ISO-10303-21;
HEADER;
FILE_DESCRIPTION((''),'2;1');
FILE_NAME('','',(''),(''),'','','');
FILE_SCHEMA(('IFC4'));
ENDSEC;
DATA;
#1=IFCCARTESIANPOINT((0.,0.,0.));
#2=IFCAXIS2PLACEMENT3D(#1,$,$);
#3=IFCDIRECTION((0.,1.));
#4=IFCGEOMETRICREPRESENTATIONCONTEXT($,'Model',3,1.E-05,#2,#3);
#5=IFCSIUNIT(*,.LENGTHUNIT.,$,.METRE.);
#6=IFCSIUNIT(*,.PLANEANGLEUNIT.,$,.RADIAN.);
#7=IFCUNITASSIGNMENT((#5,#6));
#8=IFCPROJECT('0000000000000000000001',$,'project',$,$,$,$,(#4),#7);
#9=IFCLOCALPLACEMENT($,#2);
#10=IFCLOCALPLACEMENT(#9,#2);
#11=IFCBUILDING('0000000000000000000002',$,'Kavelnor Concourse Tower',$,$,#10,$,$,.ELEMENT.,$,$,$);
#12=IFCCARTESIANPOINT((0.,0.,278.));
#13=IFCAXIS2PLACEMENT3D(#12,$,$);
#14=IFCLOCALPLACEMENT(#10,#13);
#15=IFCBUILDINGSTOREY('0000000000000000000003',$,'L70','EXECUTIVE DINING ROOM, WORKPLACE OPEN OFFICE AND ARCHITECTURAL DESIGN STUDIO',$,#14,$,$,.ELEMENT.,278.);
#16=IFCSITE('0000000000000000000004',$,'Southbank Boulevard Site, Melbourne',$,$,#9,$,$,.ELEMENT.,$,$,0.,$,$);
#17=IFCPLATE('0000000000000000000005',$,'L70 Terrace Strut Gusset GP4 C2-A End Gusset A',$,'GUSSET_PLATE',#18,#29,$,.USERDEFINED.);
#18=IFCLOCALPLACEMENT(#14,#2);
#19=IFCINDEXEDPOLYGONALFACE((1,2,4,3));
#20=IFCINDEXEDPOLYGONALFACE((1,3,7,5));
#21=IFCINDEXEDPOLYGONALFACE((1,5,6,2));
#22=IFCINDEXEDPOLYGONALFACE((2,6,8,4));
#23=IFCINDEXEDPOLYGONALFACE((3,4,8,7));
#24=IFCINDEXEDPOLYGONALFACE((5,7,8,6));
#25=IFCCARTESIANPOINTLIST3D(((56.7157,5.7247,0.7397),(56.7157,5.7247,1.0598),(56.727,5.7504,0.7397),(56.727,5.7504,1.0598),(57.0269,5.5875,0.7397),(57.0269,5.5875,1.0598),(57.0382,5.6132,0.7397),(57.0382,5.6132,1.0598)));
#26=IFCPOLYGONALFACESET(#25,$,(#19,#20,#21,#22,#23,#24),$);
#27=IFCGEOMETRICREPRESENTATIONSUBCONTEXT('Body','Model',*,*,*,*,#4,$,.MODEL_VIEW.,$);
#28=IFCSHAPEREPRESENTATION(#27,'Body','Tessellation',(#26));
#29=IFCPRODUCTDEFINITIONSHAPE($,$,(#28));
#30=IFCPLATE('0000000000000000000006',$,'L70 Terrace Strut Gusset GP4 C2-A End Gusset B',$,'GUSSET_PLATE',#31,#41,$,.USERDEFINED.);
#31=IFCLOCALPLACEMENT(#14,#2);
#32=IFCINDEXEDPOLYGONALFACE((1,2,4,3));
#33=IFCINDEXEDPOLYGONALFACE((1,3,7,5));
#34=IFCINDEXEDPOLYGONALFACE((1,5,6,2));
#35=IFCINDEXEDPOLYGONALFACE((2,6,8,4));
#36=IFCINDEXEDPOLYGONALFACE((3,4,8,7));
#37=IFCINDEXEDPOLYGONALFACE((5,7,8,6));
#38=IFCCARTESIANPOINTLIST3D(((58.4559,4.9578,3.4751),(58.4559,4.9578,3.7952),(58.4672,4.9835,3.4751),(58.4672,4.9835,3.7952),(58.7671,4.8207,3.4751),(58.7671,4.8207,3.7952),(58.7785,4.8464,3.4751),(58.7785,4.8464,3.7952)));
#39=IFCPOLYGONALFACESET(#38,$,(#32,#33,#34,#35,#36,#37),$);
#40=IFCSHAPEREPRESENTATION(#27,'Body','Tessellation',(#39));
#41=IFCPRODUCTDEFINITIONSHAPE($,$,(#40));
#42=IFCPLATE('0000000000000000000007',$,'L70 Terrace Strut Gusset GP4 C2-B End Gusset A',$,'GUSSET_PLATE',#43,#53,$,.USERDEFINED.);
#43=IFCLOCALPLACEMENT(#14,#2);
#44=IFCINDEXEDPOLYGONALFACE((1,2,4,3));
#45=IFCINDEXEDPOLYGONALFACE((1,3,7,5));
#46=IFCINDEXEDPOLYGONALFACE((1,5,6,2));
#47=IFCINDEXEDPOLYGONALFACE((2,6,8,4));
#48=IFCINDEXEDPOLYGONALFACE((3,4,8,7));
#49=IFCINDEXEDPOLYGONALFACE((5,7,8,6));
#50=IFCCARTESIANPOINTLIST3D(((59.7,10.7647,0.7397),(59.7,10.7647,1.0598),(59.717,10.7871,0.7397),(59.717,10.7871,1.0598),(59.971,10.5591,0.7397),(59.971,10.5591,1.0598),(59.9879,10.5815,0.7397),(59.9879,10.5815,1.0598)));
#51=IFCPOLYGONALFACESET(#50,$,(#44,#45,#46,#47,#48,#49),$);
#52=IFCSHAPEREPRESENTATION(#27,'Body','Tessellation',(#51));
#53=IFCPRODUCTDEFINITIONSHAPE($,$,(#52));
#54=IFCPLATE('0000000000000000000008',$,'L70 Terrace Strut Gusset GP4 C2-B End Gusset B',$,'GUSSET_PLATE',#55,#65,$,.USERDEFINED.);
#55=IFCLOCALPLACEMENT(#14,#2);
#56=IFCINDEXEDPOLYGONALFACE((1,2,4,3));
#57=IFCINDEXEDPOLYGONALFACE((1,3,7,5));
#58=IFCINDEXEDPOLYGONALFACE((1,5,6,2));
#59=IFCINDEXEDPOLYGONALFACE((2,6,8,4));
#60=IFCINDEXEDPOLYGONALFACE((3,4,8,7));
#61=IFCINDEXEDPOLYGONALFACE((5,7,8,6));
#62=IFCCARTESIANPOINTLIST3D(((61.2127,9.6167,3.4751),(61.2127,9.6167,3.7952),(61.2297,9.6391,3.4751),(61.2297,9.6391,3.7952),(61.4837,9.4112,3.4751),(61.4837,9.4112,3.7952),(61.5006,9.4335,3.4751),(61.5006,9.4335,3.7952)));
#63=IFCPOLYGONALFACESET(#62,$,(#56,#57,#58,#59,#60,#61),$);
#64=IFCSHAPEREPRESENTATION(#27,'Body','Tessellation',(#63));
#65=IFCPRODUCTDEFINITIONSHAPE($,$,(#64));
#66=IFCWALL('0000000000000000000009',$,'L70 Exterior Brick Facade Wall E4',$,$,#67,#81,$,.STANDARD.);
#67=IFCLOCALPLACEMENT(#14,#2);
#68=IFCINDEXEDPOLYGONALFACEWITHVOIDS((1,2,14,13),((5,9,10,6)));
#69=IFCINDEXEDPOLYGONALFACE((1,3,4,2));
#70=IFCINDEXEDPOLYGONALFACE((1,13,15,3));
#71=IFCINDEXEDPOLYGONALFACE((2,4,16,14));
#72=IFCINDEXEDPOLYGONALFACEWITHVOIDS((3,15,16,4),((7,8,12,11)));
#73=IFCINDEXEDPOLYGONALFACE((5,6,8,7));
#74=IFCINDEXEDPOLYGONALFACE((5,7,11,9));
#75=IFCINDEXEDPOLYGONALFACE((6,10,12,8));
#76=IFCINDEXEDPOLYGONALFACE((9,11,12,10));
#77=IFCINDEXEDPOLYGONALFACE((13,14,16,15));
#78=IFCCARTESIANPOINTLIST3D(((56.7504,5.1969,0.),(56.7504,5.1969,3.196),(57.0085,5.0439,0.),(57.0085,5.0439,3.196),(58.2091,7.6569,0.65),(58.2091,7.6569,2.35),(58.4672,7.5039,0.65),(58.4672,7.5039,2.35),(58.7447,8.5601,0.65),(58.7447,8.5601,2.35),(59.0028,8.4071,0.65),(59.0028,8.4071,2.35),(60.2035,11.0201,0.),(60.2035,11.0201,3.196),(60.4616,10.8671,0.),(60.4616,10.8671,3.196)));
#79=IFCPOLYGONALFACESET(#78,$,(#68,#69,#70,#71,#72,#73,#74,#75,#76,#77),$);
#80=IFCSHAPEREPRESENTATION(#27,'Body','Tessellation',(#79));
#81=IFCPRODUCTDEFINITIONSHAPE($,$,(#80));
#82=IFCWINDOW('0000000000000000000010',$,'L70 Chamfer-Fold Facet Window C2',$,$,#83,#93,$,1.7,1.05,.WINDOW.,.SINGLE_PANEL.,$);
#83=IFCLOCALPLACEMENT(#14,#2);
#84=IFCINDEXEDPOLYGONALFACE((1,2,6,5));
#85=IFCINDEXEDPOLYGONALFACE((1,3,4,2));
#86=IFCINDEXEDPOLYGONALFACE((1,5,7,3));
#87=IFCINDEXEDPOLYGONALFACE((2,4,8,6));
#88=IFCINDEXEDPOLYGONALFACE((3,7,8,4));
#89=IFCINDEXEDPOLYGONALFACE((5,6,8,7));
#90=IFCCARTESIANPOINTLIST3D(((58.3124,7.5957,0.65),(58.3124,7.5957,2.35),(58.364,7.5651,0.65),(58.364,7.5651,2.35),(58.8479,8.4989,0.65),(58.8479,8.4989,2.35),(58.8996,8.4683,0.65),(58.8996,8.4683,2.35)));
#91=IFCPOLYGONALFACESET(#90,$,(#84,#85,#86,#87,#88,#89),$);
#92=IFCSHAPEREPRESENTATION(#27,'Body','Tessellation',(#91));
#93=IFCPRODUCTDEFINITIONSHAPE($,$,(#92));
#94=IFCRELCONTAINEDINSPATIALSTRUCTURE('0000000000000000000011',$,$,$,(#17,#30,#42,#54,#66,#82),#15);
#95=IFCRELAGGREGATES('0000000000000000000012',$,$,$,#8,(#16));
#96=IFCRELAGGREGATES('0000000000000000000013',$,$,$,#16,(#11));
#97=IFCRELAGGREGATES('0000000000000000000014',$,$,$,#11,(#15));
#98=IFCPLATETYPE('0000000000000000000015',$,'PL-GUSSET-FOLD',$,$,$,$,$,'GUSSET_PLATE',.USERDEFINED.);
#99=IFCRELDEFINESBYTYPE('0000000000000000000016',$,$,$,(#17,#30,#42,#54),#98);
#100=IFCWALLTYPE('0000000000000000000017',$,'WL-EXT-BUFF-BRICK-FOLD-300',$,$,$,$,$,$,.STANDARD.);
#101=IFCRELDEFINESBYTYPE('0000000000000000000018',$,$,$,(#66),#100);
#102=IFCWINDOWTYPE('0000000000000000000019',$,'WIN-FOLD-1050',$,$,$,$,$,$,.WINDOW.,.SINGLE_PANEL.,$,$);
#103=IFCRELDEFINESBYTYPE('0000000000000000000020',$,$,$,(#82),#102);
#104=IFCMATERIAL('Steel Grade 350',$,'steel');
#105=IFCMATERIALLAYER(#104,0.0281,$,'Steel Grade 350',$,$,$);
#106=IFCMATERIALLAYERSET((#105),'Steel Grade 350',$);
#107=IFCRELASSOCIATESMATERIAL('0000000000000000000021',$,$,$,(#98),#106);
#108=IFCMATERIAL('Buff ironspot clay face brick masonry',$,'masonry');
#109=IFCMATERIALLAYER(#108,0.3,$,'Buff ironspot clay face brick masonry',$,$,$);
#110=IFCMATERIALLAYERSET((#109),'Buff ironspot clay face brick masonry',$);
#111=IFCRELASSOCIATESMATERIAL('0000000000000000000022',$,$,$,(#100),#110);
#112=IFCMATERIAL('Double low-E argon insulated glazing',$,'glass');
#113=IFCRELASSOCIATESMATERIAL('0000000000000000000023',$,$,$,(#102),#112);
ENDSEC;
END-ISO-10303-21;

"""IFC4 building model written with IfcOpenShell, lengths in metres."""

from ifc_helpers import new_model, si_unit, direction, frame, frame_2d, origin, origin_2d, place, context, subcontext, project, spatial, rectangle, extrude, material, layer, layer_set, type_object, element, fill, save


model = new_model("IFC4")

# Units and contexts
model_context = context("Model", 3, precision=1e-05, world=origin(), true_north=direction((0.0, 1.0)))
body_context = subcontext(model_context, "Body", "Model", "MODEL_VIEW")
ifc_project = project(units=[si_unit("LENGTHUNIT", "METRE"), si_unit("PLANEANGLEUNIT", "RADIAN")], contexts=[model_context])

# Site, building, storey
site_placement = place(None, origin())
site = spatial("IfcSite", under=ifc_project, at=site_placement, Name="Southbank Boulevard Site, Melbourne", CompositionType="ELEMENT", RefElevation=0.0)
building_placement = place(site_placement, origin())
building = spatial("IfcBuilding", under=site, at=building_placement, Name="Kavelnor Concourse Tower", CompositionType="ELEMENT")
storey_placement = place(building_placement, frame((0.0, 0.0, 278.0)))
storey = spatial("IfcBuildingStorey", under=building, at=storey_placement, Name="L70", Description="EXECUTIVE DINING ROOM, WORKPLACE OPEN OFFICE AND ARCHITECTURAL DESIGN STUDIO", CompositionType="ELEMENT", Elevation=278.0)

# Shared definitions
ifc_material_1 = material(Name="Steel Grade 350", Category="steel")

# Plates
ifc_layer_1 = layer(ifc_material_1, 0.0281, Name="Steel Grade 350")
ifc_layer_set_1 = layer_set([ifc_layer_1], Name="Steel Grade 350")
plate_type = type_object("IfcPlateType", Name="PL-GUSSET-FOLD", ElementType="GUSSET_PLATE", PredefinedType="USERDEFINED", material=ifc_layer_set_1)
for number, where, z_axis, x_axis, name in (
    (1, (56.877, 5.6689, 0.7397), (0.0, 0.0, 1.0), (0.9151, -0.403226, 0.0), "L70 Terrace Strut Gusset GP4 C2-A End Gusset A"),
    (2, (58.6172, 4.9021, 3.4751), (0.0, 0.0, 1.0), (0.9151, -0.403226, 0.0), "L70 Terrace Strut Gusset GP4 C2-A End Gusset B"),
    (3, (59.844, 10.6731, 0.7397), (0.0, 0.0, 1.0), (0.796635, -0.60446, 0.0), "L70 Terrace Strut Gusset GP4 C2-B End Gusset A"),
    (4, (61.3567, 9.5251, 3.4751), (0.0, 0.0, 1.0), (0.796635, -0.60446, 0.0), "L70 Terrace Strut Gusset GP4 C2-B End Gusset B"),
):
    element("IfcPlate", number, at=place(storey_placement, frame(where, z_axis=z_axis, x_axis=x_axis)), inside=storey, type_object=plate_type, Name=name, ObjectType="GUSSET_PLATE", PredefinedType="USERDEFINED", context=body_context, shape_type="SweptSolid", body=[
        extrude(rectangle(XDim=0.3401, YDim=0.0281, at=origin_2d()), origin(), (0.0, 0.0, 1.0), 0.3201),
    ])

# Wall, opening, window
ifc_material_2 = material(Name="Buff ironspot clay face brick masonry", Category="masonry")
ifc_layer_2 = layer(ifc_material_2, 0.3, Name="Buff ironspot clay face brick masonry")
ifc_layer_set_2 = layer_set([ifc_layer_2], Name="Buff ironspot clay face brick masonry")
wall_type_1 = type_object("IfcWallType", Name="WL-EXT-BUFF-BRICK-FOLD-300", PredefinedType="STANDARD", material=ifc_layer_set_2)
wall_1_placement = place(storey_placement, frame((60.3325, 10.9436, 0.0), z_axis=(0.0, 0.0, 1.0), x_axis=(-0.510055, -0.860142, 0.0)))
wall_1 = element("IfcWall", 5, at=wall_1_placement, inside=storey, type_object=wall_type_1, Name="L70 Exterior Brick Facade Wall E4", PredefinedType="STANDARD", context=body_context, shape_type="SweptSolid", body=[
    extrude(rectangle(XDim=6.77, YDim=0.3, at=frame_2d((3.385, 0.0))), origin(), (0.0, 0.0, 1.0), 3.196),
])
opening_1_placement = place(wall_1_placement, frame((2.8601, 0.0, 0.6499)))
opening_1 = element("IfcOpeningElement", 6, at=opening_1_placement, cuts=wall_1, PredefinedType="OPENING", context=body_context, shape_type="SweptSolid", body=[
    extrude(rectangle(XDim=1.05, YDim=1.7, at=frame_2d((0.5249, 0.8501))), frame((0.0, 0.1602, 0.0), z_axis=(0.0, -1.0, 0.0), x_axis=(1.0, 0.0, 0.0)), (0.0, 0.0, 1.0), 0.3201),
])
ifc_material_3 = material(Name="Double low-E argon insulated glazing", Category="glass")
window_type_1 = type_object("IfcWindowType", Name="WIN-FOLD-1050", PartitioningType="SINGLE_PANEL", PredefinedType="WINDOW", material=ifc_material_3)
window_1_placement = place(opening_1_placement, origin())
window_1 = element("IfcWindow", 7, at=window_1_placement, inside=storey, type_object=window_type_1, Name="L70 Chamfer-Fold Facet Window C2", OverallHeight=1.7, OverallWidth=1.05, PartitioningType="SINGLE_PANEL", PredefinedType="WINDOW", context=body_context, shape_type="SweptSolid", body=[
    extrude(rectangle(XDim=1.05, YDim=1.7, at=frame_2d((0.5249, 0.8501))), frame((0.0, 0.03, 0.0), z_axis=(0.0, -1.0, 0.0), x_axis=(1.0, 0.0, 0.0)), (0.0, 0.0, 1.0), 0.0601),
])
fill(opening_1, window_1)

save(model, "model.ifc")
